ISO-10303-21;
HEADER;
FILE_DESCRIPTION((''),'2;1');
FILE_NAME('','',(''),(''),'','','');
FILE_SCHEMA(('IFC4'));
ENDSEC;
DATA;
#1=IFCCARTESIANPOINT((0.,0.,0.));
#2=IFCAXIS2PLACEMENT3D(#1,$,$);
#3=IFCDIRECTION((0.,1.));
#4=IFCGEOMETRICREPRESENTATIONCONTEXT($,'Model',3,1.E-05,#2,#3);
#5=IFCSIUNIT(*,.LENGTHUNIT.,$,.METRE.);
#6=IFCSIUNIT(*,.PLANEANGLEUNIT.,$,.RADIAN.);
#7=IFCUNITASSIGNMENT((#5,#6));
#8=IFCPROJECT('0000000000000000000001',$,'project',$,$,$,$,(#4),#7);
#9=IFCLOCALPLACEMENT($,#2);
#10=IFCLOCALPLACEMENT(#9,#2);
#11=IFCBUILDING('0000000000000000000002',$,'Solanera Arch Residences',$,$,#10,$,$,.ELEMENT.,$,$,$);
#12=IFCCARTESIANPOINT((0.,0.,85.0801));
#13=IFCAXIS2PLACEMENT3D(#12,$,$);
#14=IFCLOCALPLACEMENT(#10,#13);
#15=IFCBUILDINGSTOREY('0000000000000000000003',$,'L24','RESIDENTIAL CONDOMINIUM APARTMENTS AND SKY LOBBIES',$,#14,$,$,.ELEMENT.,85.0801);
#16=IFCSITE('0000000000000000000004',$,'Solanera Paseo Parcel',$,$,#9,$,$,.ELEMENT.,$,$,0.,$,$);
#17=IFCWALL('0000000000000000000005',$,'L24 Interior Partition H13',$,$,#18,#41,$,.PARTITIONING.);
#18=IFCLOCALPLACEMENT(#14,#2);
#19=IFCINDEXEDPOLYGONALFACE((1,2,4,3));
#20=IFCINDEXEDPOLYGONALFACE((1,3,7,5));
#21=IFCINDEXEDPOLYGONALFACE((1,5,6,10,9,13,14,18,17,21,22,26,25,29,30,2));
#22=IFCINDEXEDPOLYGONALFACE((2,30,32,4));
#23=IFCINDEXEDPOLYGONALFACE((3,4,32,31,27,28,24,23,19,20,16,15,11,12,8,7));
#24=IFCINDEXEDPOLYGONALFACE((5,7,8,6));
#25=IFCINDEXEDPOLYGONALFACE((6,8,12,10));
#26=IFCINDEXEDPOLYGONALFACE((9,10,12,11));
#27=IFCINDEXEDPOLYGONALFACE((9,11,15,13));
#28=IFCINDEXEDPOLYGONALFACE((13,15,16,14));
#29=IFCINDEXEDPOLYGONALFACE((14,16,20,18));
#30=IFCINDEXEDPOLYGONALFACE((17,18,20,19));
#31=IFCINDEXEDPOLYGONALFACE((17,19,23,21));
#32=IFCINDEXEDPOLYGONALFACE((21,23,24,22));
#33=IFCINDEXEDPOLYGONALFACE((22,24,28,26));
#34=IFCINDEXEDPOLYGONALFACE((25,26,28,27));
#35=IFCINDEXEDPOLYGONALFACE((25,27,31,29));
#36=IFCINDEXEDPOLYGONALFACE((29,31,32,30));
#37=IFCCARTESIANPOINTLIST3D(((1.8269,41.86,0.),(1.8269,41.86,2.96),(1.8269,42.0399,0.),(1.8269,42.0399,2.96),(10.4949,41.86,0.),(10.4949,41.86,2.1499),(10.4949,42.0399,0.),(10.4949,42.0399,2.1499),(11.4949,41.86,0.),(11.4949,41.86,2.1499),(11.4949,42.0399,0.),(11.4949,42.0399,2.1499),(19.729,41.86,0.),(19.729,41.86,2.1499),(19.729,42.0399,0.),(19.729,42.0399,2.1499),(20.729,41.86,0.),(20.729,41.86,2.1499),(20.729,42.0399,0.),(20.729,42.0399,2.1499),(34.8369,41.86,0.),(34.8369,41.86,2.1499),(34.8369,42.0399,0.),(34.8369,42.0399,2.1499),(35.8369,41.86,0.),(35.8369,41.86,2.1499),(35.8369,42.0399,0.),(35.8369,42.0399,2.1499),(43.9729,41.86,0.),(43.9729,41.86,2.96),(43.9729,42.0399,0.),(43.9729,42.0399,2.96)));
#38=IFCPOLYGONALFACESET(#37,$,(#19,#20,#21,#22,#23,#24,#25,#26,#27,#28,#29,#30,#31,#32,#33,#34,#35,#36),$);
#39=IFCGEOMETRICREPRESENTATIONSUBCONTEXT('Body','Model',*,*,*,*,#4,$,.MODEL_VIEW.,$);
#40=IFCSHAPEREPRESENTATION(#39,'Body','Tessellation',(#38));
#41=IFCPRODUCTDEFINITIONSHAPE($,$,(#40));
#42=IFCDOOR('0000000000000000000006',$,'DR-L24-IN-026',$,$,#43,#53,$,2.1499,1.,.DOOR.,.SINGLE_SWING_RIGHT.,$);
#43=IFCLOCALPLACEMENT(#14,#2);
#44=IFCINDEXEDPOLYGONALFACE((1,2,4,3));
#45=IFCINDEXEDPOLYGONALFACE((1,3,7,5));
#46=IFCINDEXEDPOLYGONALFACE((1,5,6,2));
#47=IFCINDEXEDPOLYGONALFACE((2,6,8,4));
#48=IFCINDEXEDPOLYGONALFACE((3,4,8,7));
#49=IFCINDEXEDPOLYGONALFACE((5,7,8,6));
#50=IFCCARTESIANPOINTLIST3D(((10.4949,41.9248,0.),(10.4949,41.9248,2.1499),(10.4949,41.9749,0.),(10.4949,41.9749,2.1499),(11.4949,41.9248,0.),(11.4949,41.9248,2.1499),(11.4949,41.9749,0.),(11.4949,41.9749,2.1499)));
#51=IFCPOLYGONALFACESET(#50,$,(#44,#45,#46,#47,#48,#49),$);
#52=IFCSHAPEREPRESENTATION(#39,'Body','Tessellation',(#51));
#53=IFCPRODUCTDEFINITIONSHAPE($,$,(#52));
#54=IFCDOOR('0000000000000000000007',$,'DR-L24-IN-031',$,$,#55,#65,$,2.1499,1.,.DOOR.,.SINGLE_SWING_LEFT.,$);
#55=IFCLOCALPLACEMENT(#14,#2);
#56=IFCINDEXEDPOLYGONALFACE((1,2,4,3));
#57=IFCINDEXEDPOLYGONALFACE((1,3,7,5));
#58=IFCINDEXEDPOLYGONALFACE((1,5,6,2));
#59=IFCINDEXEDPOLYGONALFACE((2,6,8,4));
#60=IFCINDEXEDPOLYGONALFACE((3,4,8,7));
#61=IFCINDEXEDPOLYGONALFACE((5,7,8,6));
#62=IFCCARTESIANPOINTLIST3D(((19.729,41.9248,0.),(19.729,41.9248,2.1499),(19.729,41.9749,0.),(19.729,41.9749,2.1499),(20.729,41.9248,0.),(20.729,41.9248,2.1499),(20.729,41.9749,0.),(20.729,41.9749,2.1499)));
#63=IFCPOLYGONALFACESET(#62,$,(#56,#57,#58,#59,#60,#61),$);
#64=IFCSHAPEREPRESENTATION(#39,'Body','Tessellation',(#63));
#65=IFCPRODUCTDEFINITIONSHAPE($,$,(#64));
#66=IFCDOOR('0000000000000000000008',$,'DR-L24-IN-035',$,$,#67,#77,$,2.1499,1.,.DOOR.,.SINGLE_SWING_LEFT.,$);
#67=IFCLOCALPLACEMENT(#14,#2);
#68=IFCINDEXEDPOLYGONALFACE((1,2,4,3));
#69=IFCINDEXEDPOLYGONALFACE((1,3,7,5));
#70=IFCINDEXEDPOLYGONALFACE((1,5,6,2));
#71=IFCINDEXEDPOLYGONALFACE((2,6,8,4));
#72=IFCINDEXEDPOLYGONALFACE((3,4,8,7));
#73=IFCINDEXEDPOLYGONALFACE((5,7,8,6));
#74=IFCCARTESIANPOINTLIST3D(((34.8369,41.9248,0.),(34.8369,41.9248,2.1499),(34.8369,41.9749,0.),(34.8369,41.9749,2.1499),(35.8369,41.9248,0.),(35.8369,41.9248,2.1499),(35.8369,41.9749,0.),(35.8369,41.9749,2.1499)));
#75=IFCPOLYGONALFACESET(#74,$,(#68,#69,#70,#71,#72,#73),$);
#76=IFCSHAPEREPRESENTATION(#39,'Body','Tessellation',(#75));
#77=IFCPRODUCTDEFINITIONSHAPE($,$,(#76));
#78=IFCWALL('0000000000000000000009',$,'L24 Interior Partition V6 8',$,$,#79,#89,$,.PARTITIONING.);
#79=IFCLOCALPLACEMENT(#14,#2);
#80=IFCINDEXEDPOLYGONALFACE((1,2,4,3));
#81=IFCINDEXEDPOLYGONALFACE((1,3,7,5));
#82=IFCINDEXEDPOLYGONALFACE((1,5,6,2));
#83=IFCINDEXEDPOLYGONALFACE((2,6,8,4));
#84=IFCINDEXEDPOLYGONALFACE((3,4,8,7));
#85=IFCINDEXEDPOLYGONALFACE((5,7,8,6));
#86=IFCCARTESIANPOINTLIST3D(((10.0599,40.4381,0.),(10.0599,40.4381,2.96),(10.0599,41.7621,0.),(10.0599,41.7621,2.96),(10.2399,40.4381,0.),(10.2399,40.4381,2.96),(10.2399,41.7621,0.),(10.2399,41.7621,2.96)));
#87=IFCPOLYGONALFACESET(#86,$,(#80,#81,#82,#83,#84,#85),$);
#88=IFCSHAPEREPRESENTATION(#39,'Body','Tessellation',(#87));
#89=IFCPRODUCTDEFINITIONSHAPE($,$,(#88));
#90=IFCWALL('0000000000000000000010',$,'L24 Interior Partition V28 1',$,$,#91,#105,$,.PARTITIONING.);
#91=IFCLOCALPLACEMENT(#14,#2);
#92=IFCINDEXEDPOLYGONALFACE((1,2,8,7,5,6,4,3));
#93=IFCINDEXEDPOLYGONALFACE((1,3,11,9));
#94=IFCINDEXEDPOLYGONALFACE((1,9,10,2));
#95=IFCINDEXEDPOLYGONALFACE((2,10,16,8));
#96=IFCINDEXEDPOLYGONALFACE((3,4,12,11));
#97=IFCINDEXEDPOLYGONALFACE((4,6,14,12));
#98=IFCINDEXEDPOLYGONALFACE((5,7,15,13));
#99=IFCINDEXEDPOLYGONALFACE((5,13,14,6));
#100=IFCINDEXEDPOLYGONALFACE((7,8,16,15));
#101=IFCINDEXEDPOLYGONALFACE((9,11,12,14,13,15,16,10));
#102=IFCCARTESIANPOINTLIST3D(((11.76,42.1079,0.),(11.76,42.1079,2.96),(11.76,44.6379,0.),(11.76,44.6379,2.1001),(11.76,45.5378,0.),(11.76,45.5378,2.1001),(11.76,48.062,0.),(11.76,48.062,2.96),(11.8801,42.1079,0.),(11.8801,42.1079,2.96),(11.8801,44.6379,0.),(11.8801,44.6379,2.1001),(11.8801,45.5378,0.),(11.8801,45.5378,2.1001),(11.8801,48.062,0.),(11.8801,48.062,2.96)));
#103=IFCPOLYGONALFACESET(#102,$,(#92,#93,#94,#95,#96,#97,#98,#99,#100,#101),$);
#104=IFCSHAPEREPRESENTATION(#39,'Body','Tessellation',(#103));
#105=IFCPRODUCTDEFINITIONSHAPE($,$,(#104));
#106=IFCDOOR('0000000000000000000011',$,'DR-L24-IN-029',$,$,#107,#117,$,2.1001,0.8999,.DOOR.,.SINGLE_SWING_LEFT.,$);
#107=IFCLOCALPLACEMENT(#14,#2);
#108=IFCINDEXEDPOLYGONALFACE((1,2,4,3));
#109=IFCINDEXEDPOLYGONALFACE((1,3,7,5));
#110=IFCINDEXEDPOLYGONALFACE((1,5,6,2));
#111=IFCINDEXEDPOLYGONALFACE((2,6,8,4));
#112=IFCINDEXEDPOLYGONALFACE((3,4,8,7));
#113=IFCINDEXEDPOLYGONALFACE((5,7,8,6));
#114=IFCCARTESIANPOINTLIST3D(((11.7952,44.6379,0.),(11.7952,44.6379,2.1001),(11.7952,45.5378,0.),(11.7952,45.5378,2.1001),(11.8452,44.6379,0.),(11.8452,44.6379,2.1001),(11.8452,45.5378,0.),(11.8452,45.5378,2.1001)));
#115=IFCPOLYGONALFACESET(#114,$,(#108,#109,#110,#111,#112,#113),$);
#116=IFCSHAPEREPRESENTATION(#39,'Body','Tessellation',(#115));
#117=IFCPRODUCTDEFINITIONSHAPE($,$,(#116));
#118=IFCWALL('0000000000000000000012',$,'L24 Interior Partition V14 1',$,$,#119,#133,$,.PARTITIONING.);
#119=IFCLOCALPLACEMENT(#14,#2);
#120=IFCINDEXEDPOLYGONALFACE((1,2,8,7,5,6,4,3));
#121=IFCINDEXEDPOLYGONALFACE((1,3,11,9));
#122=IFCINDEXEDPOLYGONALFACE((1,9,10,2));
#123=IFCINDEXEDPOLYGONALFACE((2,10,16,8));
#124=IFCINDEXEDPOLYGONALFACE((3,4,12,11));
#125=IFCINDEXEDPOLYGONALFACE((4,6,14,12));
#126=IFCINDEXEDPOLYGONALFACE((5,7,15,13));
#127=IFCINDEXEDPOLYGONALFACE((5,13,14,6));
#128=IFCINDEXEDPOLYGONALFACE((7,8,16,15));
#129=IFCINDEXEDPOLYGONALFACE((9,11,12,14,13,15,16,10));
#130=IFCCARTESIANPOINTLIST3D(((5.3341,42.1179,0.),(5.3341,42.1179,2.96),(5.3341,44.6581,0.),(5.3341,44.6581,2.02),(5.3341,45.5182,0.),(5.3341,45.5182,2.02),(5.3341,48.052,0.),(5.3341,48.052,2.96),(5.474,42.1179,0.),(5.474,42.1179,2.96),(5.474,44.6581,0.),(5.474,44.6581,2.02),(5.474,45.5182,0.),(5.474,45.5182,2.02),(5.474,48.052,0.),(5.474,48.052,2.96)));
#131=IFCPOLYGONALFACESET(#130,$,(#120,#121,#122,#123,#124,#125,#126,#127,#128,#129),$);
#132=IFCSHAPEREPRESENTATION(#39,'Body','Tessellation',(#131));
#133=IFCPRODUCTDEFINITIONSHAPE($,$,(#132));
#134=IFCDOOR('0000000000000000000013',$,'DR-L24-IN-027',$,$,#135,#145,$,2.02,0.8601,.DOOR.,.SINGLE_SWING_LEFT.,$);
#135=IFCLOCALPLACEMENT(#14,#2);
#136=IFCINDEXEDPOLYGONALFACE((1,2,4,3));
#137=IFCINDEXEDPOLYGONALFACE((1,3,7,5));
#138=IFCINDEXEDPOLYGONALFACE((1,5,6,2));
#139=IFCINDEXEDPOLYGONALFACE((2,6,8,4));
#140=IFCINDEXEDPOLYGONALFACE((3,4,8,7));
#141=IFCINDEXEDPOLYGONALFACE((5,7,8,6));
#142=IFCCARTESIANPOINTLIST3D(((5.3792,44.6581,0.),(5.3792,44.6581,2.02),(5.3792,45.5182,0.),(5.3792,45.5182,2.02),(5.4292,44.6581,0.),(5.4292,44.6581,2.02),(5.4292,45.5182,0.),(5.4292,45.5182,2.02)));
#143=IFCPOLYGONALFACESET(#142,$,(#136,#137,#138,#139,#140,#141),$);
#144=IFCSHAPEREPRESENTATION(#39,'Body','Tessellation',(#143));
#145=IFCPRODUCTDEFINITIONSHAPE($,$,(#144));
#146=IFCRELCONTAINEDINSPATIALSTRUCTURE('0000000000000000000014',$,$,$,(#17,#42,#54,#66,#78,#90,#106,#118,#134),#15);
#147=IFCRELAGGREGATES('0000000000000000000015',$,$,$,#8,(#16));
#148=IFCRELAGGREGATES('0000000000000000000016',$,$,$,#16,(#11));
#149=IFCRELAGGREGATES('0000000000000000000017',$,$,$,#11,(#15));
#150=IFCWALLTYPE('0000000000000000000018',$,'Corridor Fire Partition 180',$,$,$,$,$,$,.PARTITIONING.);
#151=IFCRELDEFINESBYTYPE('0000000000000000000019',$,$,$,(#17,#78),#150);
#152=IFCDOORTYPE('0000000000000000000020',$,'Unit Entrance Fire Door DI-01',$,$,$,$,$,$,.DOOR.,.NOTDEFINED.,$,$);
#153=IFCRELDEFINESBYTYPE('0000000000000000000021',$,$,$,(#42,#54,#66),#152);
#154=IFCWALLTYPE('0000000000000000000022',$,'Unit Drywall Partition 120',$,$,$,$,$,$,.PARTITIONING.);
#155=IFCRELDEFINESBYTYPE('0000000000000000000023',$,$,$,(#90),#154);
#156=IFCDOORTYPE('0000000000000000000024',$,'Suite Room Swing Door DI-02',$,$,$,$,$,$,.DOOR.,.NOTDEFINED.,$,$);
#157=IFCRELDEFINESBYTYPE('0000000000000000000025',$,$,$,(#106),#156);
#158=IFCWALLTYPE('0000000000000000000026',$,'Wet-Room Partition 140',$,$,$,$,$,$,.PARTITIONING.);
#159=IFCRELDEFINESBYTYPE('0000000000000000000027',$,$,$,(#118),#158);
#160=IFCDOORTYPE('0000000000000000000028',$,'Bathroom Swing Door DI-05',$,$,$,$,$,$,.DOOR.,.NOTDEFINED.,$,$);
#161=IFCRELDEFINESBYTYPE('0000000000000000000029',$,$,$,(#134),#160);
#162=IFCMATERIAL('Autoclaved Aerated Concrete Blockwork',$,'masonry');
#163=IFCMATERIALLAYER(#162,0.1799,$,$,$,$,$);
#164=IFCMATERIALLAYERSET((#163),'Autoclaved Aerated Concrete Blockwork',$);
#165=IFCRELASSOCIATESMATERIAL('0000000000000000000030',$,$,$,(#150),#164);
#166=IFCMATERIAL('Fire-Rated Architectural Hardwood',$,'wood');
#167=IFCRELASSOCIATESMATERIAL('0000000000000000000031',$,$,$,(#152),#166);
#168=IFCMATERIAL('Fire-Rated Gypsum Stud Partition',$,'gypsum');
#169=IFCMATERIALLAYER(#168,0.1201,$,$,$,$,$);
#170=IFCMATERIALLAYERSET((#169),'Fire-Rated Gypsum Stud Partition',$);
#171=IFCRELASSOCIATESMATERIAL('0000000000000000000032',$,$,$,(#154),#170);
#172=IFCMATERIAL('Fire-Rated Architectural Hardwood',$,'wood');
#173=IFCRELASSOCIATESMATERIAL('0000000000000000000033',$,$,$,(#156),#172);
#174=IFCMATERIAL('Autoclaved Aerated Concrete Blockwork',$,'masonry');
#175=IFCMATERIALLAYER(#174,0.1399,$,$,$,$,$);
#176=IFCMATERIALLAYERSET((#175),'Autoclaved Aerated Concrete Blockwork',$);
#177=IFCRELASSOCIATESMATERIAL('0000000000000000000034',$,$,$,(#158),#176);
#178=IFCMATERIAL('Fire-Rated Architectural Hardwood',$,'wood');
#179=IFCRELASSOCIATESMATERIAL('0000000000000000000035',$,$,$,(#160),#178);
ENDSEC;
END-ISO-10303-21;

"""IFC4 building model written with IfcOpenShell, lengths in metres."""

from ifc_helpers import new_model, si_unit, direction, frame, frame_2d, origin, place, context, subcontext, project, spatial, rectangle, extrude, material, layer, layer_set, type_object, element, fill, save


model = new_model("IFC4")

# Units and contexts
model_context = context("Model", 3, precision=1e-05, world=origin(), true_north=direction((0.0, 1.0)))
body_context = subcontext(model_context, "Body", "Model", "MODEL_VIEW")
ifc_project = project(units=[si_unit("LENGTHUNIT", "METRE"), si_unit("PLANEANGLEUNIT", "RADIAN")], contexts=[model_context])

# Site, building, storey
site_placement = place(None, origin())
site = spatial("IfcSite", under=ifc_project, at=site_placement, Name="Solanera Paseo Parcel", CompositionType="ELEMENT", RefElevation=0.0)
building_placement = place(site_placement, origin())
building = spatial("IfcBuilding", under=site, at=building_placement, Name="Solanera Arch Residences", CompositionType="ELEMENT")
storey_placement = place(building_placement, frame((0.0, 0.0, 85.0801)))
storey = spatial("IfcBuildingStorey", under=building, at=storey_placement, Name="L24", Description="RESIDENTIAL CONDOMINIUM APARTMENTS AND SKY LOBBIES", CompositionType="ELEMENT", Elevation=85.0801)

# Wall, openings, doors
ifc_material_1 = material(Name="Autoclaved Aerated Concrete Blockwork", Category="masonry")
ifc_layer_1 = layer(ifc_material_1, 0.1799)
ifc_layer_set_1 = layer_set([ifc_layer_1], Name="Autoclaved Aerated Concrete Blockwork")
wall_type_1 = type_object("IfcWallType", Name="Corridor Fire Partition 180", PredefinedType="PARTITIONING", material=ifc_layer_set_1)
ifc_material_2 = material(Name="Fire-Rated Architectural Hardwood", Category="wood")
door_type_1 = type_object("IfcDoorType", Name="Unit Entrance Fire Door DI-01", OperationType="NOTDEFINED", PredefinedType="DOOR", material=ifc_material_2)
wall_1_placement = place(storey_placement, frame((1.8269, 41.95, 0.0), z_axis=(0.0, 0.0, 1.0), x_axis=(1.0, 0.0, 0.0)))
wall_1 = element("IfcWall", 1, at=wall_1_placement, inside=storey, type_object=wall_type_1, Name="L24 Interior Partition H13", PredefinedType="PARTITIONING", context=body_context, shape_type="SweptSolid", body=[
    extrude(rectangle(XDim=42.146, YDim=0.1799, at=frame_2d((21.073, 0.0))), origin(), (0.0, 0.0, 1.0), 2.96),
])
opening_1_placement = place(wall_1_placement, frame((8.668, 0.0, 0.0)))
opening_1 = element("IfcOpeningElement", 2, at=opening_1_placement, cuts=wall_1, PredefinedType="OPENING", context=body_context, shape_type="SweptSolid", body=[
    extrude(rectangle(XDim=1.0, YDim=2.1499, at=frame_2d((0.5, 1.075))), frame((0.0, 0.1001, 0.0), z_axis=(0.0, -1.0, 0.0), x_axis=(1.0, 0.0, 0.0)), (0.0, 0.0, 1.0), 0.1999),
])
opening_2_placement = place(wall_1_placement, frame((17.9021, 0.0, 0.0)))
opening_2 = element("IfcOpeningElement", 3, at=opening_2_placement, cuts=wall_1, PredefinedType="OPENING", context=body_context, shape_type="SweptSolid", body=[
    extrude(rectangle(XDim=1.0, YDim=2.1499, at=frame_2d((0.5, 1.075))), frame((0.0, 0.1001, 0.0), z_axis=(0.0, -1.0, 0.0), x_axis=(1.0, 0.0, 0.0)), (0.0, 0.0, 1.0), 0.1999),
])
opening_3_placement = place(wall_1_placement, frame((33.01, 0.0, 0.0)))
opening_3 = element("IfcOpeningElement", 4, at=opening_3_placement, cuts=wall_1, PredefinedType="OPENING", context=body_context, shape_type="SweptSolid", body=[
    extrude(rectangle(XDim=1.0, YDim=2.1499, at=frame_2d((0.5, 1.075))), frame((0.0, 0.1001, 0.0), z_axis=(0.0, -1.0, 0.0), x_axis=(1.0, 0.0, 0.0)), (0.0, 0.0, 1.0), 0.1999),
])
door_1_placement = place(opening_1_placement, origin())
door_1 = element("IfcDoor", 5, at=door_1_placement, inside=storey, type_object=door_type_1, Name="DR-L24-IN-026", OperationType="SINGLE_SWING_RIGHT", OverallHeight=2.1499, OverallWidth=1.0, PredefinedType="DOOR", context=body_context, shape_type="SweptSolid", body=[
    extrude(rectangle(XDim=1.0, YDim=2.1499, at=frame_2d((0.5, 1.075))), frame((0.0, 0.0249, 0.0), z_axis=(0.0, -1.0, 0.0), x_axis=(1.0, 0.0, 0.0)), (0.0, 0.0, 1.0), 0.05),
])
fill(opening_1, door_1)
door_2_placement = place(opening_2_placement, origin())
door_2 = element("IfcDoor", 6, at=door_2_placement, inside=storey, type_object=door_type_1, Name="DR-L24-IN-031", OperationType="SINGLE_SWING_LEFT", OverallHeight=2.1499, OverallWidth=1.0, PredefinedType="DOOR", context=body_context, shape_type="SweptSolid", body=[
    extrude(rectangle(XDim=1.0, YDim=2.1499, at=frame_2d((0.5, 1.075))), frame((0.0, 0.0249, 0.0), z_axis=(0.0, -1.0, 0.0), x_axis=(1.0, 0.0, 0.0)), (0.0, 0.0, 1.0), 0.05),
])
fill(opening_2, door_2)
door_3_placement = place(opening_3_placement, origin())
door_3 = element("IfcDoor", 7, at=door_3_placement, inside=storey, type_object=door_type_1, Name="DR-L24-IN-035", OperationType="SINGLE_SWING_LEFT", OverallHeight=2.1499, OverallWidth=1.0, PredefinedType="DOOR", context=body_context, shape_type="SweptSolid", body=[
    extrude(rectangle(XDim=1.0, YDim=2.1499, at=frame_2d((0.5, 1.075))), frame((0.0, 0.0249, 0.0), z_axis=(0.0, -1.0, 0.0), x_axis=(1.0, 0.0, 0.0)), (0.0, 0.0, 1.0), 0.05),
])
fill(opening_3, door_3)

# Wall
wall_2_placement = place(storey_placement, frame((10.1499, 40.438, 0.0), z_axis=(0.0, 0.0, 1.0), x_axis=(0.0, 1.0, 0.0)))
element("IfcWall", 8, at=wall_2_placement, inside=storey, type_object=wall_type_1, Name="L24 Interior Partition V6 8", PredefinedType="PARTITIONING", context=body_context, shape_type="SweptSolid", body=[
    extrude(rectangle(XDim=1.324, YDim=0.1799, at=frame_2d((0.6621, 0.0))), origin(), (0.0, 0.0, 1.0), 2.96),
])

# Walls, openings, doors
ifc_material_3 = material(Name="Fire-Rated Gypsum Stud Partition", Category="gypsum")
ifc_layer_2 = layer(ifc_material_3, 0.1201)
ifc_layer_set_2 = layer_set([ifc_layer_2], Name="Fire-Rated Gypsum Stud Partition")
wall_type_2 = type_object("IfcWallType", Name="Unit Drywall Partition 120", PredefinedType="PARTITIONING", material=ifc_layer_set_2)
wall_3_placement = place(storey_placement, frame((11.8201, 42.1079, 0.0), z_axis=(0.0, 0.0, 1.0), x_axis=(0.0, 1.0, 0.0)))
wall_3 = element("IfcWall", 9, at=wall_3_placement, inside=storey, type_object=wall_type_2, Name="L24 Interior Partition V28 1", PredefinedType="PARTITIONING", context=body_context, shape_type="SweptSolid", body=[
    extrude(rectangle(XDim=5.9541, YDim=0.1201, at=frame_2d((2.9771, 0.0))), origin(), (0.0, 0.0, 1.0), 2.96),
])
opening_4_placement = place(wall_3_placement, frame((2.53, 0.0, 0.0)))
opening_4 = element("IfcOpeningElement", 10, at=opening_4_placement, cuts=wall_3, PredefinedType="OPENING", context=body_context, shape_type="SweptSolid", body=[
    extrude(rectangle(XDim=0.8999, YDim=2.1001, at=frame_2d((0.45, 1.05))), frame((0.0, 0.0701, 0.0), z_axis=(0.0, -1.0, 0.0), x_axis=(1.0, 0.0, 0.0)), (0.0, 0.0, 1.0), 0.1401),
])
ifc_material_4 = material(Name="Fire-Rated Architectural Hardwood", Category="wood")
door_type_2 = type_object("IfcDoorType", Name="Suite Room Swing Door DI-02", OperationType="NOTDEFINED", PredefinedType="DOOR", material=ifc_material_4)
door_4_placement = place(opening_4_placement, origin())
door_4 = element("IfcDoor", 11, at=door_4_placement, inside=storey, type_object=door_type_2, Name="DR-L24-IN-029", OperationType="SINGLE_SWING_LEFT", OverallHeight=2.1001, OverallWidth=0.8999, PredefinedType="DOOR", context=body_context, shape_type="SweptSolid", body=[
    extrude(rectangle(XDim=0.8999, YDim=2.1001, at=frame_2d((0.45, 1.05))), frame((0.0, 0.0249, 0.0), z_axis=(0.0, -1.0, 0.0), x_axis=(1.0, 0.0, 0.0)), (0.0, 0.0, 1.0), 0.05),
])
fill(opening_4, door_4)
ifc_material_5 = material(Name="Autoclaved Aerated Concrete Blockwork", Category="masonry")
ifc_layer_3 = layer(ifc_material_5, 0.1399)
ifc_layer_set_3 = layer_set([ifc_layer_3], Name="Autoclaved Aerated Concrete Blockwork")
wall_type_3 = type_object("IfcWallType", Name="Wet-Room Partition 140", PredefinedType="PARTITIONING", material=ifc_layer_set_3)
wall_4_placement = place(storey_placement, frame((5.4041, 42.1179, 0.0), z_axis=(0.0, 0.0, 1.0), x_axis=(0.0, 1.0, 0.0)))
wall_4 = element("IfcWall", 12, at=wall_4_placement, inside=storey, type_object=wall_type_3, Name="L24 Interior Partition V14 1", PredefinedType="PARTITIONING", context=body_context, shape_type="SweptSolid", body=[
    extrude(rectangle(XDim=5.9341, YDim=0.1399, at=frame_2d((2.967, 0.0))), origin(), (0.0, 0.0, 1.0), 2.96),
])
opening_5_placement = place(wall_4_placement, frame((2.54, 0.0, 0.0)))
opening_5 = element("IfcOpeningElement", 13, at=opening_5_placement, cuts=wall_4, PredefinedType="OPENING", context=body_context, shape_type="SweptSolid", body=[
    extrude(rectangle(XDim=0.8601, YDim=2.02, at=frame_2d((0.4302, 1.01))), frame((0.0, 0.0798, 0.0), z_axis=(0.0, -1.0, 0.0), x_axis=(1.0, 0.0, 0.0)), (0.0, 0.0, 1.0), 0.1599),
])
ifc_material_6 = material(Name="Fire-Rated Architectural Hardwood", Category="wood")
door_type_3 = type_object("IfcDoorType", Name="Bathroom Swing Door DI-05", OperationType="NOTDEFINED", PredefinedType="DOOR", material=ifc_material_6)
door_5_placement = place(opening_5_placement, origin())
door_5 = element("IfcDoor", 14, at=door_5_placement, inside=storey, type_object=door_type_3, Name="DR-L24-IN-027", OperationType="SINGLE_SWING_LEFT", OverallHeight=2.02, OverallWidth=0.8601, PredefinedType="DOOR", context=body_context, shape_type="SweptSolid", body=[
    extrude(rectangle(XDim=0.8601, YDim=2.02, at=frame_2d((0.4302, 1.01))), frame((0.0, 0.0249, 0.0), z_axis=(0.0, -1.0, 0.0), x_axis=(1.0, 0.0, 0.0)), (0.0, 0.0, 1.0), 0.05),
])
fill(opening_5, door_5)

save(model, "model.ifc")
